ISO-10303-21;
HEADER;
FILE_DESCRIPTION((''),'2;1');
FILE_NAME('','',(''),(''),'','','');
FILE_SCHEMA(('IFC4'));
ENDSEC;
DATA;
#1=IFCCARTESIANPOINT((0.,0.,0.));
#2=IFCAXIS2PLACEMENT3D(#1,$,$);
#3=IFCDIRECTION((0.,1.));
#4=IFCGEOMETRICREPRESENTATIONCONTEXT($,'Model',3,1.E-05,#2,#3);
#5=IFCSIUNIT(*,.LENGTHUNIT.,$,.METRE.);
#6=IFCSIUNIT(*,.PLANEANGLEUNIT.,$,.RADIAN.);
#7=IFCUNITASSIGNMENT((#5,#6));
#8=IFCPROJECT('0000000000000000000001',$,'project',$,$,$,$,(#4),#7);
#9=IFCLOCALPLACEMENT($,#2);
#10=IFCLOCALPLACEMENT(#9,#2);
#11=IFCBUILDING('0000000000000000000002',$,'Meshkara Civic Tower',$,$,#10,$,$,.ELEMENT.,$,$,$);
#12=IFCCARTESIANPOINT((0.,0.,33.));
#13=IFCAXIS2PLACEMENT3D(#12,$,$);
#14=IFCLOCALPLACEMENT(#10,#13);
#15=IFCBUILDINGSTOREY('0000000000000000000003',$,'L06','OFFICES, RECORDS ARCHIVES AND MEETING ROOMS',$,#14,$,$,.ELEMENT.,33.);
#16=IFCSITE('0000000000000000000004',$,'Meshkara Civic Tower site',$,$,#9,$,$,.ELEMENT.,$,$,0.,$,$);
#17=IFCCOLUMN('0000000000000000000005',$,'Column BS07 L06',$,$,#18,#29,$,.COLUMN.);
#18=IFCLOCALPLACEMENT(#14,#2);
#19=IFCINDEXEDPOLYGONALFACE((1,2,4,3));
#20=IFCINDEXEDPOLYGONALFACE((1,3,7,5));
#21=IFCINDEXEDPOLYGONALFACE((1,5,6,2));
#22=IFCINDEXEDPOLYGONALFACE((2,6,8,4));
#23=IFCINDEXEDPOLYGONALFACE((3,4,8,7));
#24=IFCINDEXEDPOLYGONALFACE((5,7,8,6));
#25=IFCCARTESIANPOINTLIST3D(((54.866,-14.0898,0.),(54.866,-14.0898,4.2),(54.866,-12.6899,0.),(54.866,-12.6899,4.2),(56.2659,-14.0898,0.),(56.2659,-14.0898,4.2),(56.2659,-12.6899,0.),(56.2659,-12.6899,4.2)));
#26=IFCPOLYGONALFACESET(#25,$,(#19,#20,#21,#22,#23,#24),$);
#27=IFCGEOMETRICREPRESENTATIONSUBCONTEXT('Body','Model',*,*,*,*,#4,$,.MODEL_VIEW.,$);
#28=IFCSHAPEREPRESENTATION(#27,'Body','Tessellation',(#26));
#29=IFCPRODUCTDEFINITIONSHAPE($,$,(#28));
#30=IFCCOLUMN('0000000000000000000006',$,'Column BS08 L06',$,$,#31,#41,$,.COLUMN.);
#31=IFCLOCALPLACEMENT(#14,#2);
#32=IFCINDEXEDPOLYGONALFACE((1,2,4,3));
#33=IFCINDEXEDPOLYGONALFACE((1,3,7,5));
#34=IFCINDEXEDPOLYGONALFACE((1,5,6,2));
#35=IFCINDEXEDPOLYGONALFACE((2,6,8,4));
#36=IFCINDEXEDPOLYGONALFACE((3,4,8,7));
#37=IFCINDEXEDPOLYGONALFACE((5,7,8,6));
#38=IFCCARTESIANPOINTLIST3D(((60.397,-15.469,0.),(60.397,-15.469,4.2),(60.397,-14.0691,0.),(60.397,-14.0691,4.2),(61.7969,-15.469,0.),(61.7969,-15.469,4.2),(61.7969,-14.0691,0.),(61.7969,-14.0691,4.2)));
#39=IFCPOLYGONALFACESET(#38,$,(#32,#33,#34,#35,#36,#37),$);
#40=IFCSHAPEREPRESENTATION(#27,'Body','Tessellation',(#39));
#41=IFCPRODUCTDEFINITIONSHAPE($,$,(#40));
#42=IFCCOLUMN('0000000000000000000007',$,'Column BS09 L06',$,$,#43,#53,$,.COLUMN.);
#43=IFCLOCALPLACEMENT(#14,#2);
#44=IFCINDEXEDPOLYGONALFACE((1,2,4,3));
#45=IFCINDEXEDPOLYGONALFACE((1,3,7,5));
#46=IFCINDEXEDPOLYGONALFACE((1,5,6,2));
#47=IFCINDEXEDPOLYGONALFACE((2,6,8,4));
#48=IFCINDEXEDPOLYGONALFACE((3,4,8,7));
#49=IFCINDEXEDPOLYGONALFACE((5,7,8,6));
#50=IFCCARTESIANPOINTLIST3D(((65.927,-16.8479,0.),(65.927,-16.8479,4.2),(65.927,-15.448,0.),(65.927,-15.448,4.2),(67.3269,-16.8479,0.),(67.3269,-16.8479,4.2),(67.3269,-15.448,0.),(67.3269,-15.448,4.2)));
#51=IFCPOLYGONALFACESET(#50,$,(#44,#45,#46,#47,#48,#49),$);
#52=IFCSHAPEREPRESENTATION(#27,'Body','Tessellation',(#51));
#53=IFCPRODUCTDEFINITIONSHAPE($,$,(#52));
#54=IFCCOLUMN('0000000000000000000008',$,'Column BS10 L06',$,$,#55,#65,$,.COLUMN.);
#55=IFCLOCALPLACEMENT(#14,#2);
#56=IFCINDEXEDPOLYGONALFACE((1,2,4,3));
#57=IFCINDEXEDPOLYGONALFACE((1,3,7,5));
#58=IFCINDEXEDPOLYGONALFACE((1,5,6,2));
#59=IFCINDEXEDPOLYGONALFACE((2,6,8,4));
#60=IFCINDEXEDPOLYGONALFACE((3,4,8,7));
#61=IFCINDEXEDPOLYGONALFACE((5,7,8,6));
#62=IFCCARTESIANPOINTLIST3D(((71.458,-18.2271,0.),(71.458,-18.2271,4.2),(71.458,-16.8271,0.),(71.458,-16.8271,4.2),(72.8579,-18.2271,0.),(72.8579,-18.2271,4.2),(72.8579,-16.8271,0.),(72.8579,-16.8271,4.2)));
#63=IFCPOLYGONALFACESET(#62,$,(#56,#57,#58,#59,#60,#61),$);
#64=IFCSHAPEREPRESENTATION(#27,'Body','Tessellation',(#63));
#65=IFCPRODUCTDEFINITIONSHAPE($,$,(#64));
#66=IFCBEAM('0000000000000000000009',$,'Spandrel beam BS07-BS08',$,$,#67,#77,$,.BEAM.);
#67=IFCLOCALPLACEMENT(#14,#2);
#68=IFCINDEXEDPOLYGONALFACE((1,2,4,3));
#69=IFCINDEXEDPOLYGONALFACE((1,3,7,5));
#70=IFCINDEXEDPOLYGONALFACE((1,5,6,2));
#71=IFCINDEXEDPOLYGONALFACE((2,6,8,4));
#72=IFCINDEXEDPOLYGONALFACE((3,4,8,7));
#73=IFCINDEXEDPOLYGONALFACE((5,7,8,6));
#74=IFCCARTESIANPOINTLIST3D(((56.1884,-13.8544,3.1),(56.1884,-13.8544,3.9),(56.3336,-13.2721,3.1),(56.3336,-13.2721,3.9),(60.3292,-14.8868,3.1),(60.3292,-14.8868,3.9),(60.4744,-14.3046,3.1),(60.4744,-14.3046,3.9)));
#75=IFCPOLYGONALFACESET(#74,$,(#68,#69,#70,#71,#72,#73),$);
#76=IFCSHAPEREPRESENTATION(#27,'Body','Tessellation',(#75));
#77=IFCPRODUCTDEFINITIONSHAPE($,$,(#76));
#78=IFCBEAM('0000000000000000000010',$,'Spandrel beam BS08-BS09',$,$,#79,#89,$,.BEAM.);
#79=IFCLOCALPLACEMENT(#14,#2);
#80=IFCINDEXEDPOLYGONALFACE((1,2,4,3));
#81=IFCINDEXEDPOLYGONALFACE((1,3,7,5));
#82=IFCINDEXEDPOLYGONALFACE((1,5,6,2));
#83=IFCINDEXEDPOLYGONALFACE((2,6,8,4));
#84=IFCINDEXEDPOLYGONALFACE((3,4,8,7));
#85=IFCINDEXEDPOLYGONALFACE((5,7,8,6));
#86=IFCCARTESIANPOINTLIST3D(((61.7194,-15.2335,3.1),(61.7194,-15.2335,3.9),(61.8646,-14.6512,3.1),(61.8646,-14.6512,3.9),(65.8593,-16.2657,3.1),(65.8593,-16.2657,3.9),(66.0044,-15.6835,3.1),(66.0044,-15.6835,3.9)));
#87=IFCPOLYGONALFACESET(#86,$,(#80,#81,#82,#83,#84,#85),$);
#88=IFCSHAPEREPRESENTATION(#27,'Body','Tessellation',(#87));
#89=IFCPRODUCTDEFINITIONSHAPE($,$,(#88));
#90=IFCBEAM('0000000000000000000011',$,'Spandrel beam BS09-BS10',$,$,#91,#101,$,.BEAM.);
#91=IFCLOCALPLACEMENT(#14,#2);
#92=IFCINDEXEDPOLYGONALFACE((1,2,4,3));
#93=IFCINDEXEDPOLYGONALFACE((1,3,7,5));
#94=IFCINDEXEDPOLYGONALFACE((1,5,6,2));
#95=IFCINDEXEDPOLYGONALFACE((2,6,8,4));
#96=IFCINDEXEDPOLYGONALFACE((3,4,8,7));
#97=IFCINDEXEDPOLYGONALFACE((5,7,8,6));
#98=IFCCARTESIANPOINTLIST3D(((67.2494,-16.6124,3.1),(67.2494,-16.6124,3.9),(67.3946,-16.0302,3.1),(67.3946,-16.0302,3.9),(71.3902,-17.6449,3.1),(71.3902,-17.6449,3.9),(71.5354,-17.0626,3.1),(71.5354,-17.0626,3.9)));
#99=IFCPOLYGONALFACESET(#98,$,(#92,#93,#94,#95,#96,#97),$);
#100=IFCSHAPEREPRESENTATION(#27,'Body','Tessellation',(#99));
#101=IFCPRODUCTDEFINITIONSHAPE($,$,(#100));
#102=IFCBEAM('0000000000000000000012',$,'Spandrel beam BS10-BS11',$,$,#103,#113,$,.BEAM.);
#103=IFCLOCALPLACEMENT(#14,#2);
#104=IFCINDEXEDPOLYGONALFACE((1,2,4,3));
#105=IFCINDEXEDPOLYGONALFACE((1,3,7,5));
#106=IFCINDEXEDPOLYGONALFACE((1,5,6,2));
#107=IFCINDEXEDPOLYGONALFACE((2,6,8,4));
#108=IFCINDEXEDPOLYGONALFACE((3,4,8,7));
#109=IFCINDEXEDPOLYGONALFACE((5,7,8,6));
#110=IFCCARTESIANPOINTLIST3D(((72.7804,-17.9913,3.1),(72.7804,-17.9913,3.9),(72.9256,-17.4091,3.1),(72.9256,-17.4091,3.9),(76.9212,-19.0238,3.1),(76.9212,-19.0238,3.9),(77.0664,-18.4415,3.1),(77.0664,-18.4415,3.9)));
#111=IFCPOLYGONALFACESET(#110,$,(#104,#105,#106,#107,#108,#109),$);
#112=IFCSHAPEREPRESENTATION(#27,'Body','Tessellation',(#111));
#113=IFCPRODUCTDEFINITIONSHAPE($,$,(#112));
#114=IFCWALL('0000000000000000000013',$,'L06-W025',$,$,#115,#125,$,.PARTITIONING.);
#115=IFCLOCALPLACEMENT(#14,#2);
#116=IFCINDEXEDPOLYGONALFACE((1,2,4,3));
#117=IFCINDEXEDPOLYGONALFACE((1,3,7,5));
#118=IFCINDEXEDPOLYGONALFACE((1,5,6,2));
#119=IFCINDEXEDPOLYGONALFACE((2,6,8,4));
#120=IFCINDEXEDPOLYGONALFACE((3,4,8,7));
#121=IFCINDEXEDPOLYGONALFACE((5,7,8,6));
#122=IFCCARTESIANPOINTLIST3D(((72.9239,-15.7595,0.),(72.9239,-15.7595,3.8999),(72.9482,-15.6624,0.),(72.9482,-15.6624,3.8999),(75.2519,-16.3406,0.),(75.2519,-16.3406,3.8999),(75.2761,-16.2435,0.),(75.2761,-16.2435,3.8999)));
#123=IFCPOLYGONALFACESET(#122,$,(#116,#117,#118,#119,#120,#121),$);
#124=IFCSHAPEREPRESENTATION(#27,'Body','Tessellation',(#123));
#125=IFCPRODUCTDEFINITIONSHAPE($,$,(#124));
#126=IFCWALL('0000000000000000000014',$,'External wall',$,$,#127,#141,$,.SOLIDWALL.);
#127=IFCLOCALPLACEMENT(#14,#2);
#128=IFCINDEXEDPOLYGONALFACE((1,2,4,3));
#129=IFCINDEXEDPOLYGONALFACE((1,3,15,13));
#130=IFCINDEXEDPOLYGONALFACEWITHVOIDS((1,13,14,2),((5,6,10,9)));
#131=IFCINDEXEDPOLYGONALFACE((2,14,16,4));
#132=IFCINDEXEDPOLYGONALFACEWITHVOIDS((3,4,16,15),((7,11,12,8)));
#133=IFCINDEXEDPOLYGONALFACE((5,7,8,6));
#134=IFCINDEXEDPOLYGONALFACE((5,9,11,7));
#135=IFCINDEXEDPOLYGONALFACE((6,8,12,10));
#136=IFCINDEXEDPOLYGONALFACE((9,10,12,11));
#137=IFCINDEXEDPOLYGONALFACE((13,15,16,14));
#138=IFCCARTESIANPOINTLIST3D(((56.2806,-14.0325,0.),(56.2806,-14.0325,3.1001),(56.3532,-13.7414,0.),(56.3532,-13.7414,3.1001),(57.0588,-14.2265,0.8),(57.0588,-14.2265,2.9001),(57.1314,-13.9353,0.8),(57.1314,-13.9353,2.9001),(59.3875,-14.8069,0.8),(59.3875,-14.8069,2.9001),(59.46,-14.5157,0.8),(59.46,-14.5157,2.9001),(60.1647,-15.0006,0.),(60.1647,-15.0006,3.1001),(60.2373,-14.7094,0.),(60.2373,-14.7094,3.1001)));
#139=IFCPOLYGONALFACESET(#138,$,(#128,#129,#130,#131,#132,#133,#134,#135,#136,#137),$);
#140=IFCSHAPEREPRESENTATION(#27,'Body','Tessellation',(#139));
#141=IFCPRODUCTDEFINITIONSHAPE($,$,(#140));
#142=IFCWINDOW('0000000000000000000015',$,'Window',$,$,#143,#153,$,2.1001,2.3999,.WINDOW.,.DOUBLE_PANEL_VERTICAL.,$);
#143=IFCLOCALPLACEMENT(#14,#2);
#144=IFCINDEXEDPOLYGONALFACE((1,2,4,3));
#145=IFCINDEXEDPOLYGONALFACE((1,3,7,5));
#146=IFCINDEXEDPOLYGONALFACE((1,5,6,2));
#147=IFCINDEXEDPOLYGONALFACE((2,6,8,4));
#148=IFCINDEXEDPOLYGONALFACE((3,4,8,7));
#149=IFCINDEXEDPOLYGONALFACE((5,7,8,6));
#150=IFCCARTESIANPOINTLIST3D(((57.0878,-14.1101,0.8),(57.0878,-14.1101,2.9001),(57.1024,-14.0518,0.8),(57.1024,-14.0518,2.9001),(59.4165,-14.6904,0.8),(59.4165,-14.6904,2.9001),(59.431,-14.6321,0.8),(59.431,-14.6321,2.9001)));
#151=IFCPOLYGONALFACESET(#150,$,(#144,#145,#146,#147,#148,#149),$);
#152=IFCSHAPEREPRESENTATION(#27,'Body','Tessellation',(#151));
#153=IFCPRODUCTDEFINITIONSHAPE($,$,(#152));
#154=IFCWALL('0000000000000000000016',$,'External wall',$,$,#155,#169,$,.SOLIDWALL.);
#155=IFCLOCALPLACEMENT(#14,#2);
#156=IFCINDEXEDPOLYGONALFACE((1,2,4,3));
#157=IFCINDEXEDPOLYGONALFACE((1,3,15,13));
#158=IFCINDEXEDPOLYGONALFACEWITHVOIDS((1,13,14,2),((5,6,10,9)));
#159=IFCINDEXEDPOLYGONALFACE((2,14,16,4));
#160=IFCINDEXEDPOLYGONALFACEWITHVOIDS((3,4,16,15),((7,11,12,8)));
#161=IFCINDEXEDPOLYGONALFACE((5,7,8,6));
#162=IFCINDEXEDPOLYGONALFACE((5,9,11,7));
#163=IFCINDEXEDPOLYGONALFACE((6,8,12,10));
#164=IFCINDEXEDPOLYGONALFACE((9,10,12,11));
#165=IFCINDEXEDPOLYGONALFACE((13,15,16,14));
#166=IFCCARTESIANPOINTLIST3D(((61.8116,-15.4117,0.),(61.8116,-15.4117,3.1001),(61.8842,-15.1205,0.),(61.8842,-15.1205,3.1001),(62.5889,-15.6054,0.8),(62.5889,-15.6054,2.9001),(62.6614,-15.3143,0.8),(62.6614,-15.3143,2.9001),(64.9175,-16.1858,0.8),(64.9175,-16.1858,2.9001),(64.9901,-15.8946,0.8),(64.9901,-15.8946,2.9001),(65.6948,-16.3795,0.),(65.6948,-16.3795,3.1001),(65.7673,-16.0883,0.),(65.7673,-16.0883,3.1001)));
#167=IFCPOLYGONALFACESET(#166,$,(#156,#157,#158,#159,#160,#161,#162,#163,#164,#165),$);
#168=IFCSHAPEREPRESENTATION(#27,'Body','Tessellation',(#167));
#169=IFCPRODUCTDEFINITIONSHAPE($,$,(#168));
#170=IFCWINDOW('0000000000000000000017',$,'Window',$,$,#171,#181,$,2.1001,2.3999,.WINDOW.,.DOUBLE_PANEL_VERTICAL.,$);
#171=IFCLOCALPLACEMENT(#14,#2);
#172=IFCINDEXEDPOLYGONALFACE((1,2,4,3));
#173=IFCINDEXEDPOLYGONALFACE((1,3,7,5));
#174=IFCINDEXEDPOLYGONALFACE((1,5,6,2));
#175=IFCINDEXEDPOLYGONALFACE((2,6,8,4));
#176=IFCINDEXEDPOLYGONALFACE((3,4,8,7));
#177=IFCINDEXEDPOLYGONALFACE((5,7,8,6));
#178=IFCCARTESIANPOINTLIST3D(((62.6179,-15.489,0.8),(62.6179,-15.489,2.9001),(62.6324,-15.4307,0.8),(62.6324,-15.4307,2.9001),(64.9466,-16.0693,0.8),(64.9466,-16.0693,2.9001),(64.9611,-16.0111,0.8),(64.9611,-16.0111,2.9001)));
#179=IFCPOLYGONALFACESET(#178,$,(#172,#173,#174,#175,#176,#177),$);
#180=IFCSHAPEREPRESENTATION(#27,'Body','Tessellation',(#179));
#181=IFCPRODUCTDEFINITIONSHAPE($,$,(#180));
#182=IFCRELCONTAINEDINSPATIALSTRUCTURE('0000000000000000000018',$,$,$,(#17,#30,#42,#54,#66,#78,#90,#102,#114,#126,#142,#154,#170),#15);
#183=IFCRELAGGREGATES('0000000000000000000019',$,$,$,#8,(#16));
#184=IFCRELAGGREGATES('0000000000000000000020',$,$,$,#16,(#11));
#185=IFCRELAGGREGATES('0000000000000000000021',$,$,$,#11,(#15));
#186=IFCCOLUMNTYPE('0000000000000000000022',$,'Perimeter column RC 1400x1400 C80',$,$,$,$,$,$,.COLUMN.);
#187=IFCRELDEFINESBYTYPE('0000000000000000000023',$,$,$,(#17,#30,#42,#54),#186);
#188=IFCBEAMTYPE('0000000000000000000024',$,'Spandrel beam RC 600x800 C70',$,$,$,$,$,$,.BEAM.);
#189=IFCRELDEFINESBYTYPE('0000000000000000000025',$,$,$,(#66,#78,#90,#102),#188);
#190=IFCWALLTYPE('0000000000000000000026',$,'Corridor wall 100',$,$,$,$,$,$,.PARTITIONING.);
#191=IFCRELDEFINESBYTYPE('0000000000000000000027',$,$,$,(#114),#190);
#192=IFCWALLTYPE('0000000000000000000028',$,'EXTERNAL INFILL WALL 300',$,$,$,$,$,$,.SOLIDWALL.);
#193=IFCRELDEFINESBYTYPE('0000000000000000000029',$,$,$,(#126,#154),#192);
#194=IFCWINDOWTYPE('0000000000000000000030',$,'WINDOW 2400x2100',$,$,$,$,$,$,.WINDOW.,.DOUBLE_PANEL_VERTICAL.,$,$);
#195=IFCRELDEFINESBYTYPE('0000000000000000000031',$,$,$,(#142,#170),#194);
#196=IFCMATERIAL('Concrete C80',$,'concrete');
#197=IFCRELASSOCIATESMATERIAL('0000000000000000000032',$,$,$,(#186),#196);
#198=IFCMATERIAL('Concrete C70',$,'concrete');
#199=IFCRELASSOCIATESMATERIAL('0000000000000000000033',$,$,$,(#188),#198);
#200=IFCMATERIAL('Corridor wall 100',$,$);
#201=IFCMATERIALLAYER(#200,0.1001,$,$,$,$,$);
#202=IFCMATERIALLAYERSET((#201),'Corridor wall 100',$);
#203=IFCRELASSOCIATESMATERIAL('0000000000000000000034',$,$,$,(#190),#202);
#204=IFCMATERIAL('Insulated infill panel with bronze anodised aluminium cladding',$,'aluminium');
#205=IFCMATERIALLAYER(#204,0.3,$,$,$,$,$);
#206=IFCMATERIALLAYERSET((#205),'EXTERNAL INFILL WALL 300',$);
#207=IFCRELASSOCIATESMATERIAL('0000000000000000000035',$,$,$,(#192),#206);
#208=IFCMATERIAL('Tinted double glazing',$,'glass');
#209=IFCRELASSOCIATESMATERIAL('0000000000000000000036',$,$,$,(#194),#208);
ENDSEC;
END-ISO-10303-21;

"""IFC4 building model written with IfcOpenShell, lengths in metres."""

from ifc_helpers import new_model, si_unit, direction, frame, frame_2d, origin, origin_2d, place, context, subcontext, project, spatial, rectangle, extrude, material, layer, layer_set, material_profile, profile_set, type_object, element, fill, save


model = new_model("IFC4")

# Units and contexts
model_context = context("Model", 3, precision=1e-05, world=origin(), true_north=direction((0.0, 1.0)))
body_context = subcontext(model_context, "Body", "Model", "MODEL_VIEW")
ifc_project = project(units=[si_unit("LENGTHUNIT", "METRE"), si_unit("PLANEANGLEUNIT", "RADIAN")], contexts=[model_context])

# Site, building, storey
site_placement = place(None, origin())
site = spatial("IfcSite", under=ifc_project, at=site_placement, Name="Meshkara Civic Tower site", CompositionType="ELEMENT", RefElevation=0.0)
building_placement = place(site_placement, origin())
building = spatial("IfcBuilding", under=site, at=building_placement, Name="Meshkara Civic Tower", CompositionType="ELEMENT")
storey_placement = place(building_placement, frame((0.0, 0.0, 33.0)))
storey = spatial("IfcBuildingStorey", under=building, at=storey_placement, Name="L06", Description="OFFICES, RECORDS ARCHIVES AND MEETING ROOMS", CompositionType="ELEMENT", Elevation=33.0)

# Columns
ifc_material_1 = material(Name="Concrete C80", Category="concrete")
ifc_material_profile_1 = material_profile(ifc_material_1, rectangle(XDim=1.3999, YDim=1.3999, at=origin_2d()))
ifc_profile_set_1 = profile_set([ifc_material_profile_1], Name="Concrete C80")
column_type = type_object("IfcColumnType", Name="Perimeter column RC 1400x1400 C80", PredefinedType="COLUMN", material=ifc_profile_set_1)
for number, where, z_axis, x_axis, name in (
    (1, (55.5659, -13.3899, 0.0), (0.0, 0.0, 1.0), (1.0, 0.0, 0.0), "Column BS07 L06"),
    (2, (61.0969, -14.769, 0.0), (0.0, 0.0, 1.0), (1.0, 0.0, 0.0), "Column BS08 L06"),
    (3, (66.627, -16.1479, 0.0), (0.0, 0.0, 1.0), (1.0, 0.0, 0.0), "Column BS09 L06"),
    (4, (72.158, -17.5271, 0.0), (0.0, 0.0, 1.0), (1.0, 0.0, 0.0), "Column BS10 L06"),
):
    element("IfcColumn", number, at=place(storey_placement, frame(where, z_axis=z_axis, x_axis=x_axis)), inside=storey, type_object=column_type, Name=name, PredefinedType="COLUMN", context=body_context, shape_type="SweptSolid", body=[
        extrude(rectangle(XDim=1.3999, YDim=1.3999, at=origin_2d()), origin(), (0.0, 0.0, 1.0), 4.2),
    ])

# Beams
ifc_material_2 = material(Name="Concrete C70", Category="concrete")
ifc_material_profile_2 = material_profile(ifc_material_2, rectangle(XDim=0.6001, YDim=0.8, at=origin_2d()))
ifc_profile_set_2 = profile_set([ifc_material_profile_2], Name="Concrete C70")
beam_type = type_object("IfcBeamType", Name="Spandrel beam RC 600x800 C70", PredefinedType="BEAM", material=ifc_profile_set_2)
beam_1_placement = place(storey_placement, frame((56.261, -13.5632, 3.5), z_axis=(0.970294, -0.24193, 0.0), x_axis=(0.24193, 0.970294, 0.0)))
element("IfcBeam", 5, at=beam_1_placement, inside=storey, type_object=beam_type, Name="Spandrel beam BS07-BS08", PredefinedType="BEAM", context=body_context, shape_type="SweptSolid", body=[
    extrude(rectangle(XDim=0.6001, YDim=0.8, at=origin_2d()), origin(), (0.0, 0.0, 1.0), 4.2676),
])
beam_2_placement = place(storey_placement, frame((61.792, -14.9424, 3.5), z_axis=(0.970294, -0.24193, 0.0), x_axis=(0.24193, 0.970294, 0.0)))
element("IfcBeam", 6, at=beam_2_placement, inside=storey, type_object=beam_type, Name="Spandrel beam BS08-BS09", PredefinedType="BEAM", context=body_context, shape_type="SweptSolid", body=[
    extrude(rectangle(XDim=0.6001, YDim=0.8, at=origin_2d()), origin(), (0.0, 0.0, 1.0), 4.2666),
])
for number, where, z_axis, x_axis, name in (
    (7, (67.322, -16.3213, 3.5), (0.970294, -0.24193, 0.0), (0.24193, 0.970294, 0.0), "Spandrel beam BS09-BS10"),
    (8, (72.853, -17.7002, 3.5), (0.970294, -0.24193, 0.0), (0.24193, 0.970294, 0.0), "Spandrel beam BS10-BS11"),
):
    element("IfcBeam", number, at=place(storey_placement, frame(where, z_axis=z_axis, x_axis=x_axis)), inside=storey, type_object=beam_type, Name=name, PredefinedType="BEAM", context=body_context, shape_type="SweptSolid", body=[
        extrude(rectangle(XDim=0.6001, YDim=0.8, at=origin_2d()), origin(), (0.0, 0.0, 1.0), 4.2676),
    ])

# Wall
ifc_material_3 = material(Name="Corridor wall 100")
ifc_layer_1 = layer(ifc_material_3, 0.1001)
ifc_layer_set_1 = layer_set([ifc_layer_1], Name="Corridor wall 100")
wall_type_1 = type_object("IfcWallType", Name="Corridor wall 100", PredefinedType="PARTITIONING", material=ifc_layer_set_1)
wall_1_placement = place(storey_placement, frame((72.936, -15.7109, 0.0), z_axis=(0.0, 0.0, 1.0), x_axis=(0.970232, -0.242176, 0.0)))
element("IfcWall", 9, at=wall_1_placement, inside=storey, type_object=wall_type_1, Name="L06-W025", PredefinedType="PARTITIONING", context=body_context, shape_type="SweptSolid", body=[
    extrude(rectangle(XDim=2.3994, YDim=0.1001, at=frame_2d((1.1997, 0.0))), origin(), (0.0, 0.0, 1.0), 3.8999),
])

# Walls, openings, windows
ifc_material_4 = material(Name="Insulated infill panel with bronze anodised aluminium cladding", Category="aluminium")
ifc_layer_2 = layer(ifc_material_4, 0.3)
ifc_layer_set_2 = layer_set([ifc_layer_2], Name="EXTERNAL INFILL WALL 300")
wall_type_2 = type_object("IfcWallType", Name="EXTERNAL INFILL WALL 300", PredefinedType="SOLIDWALL", material=ifc_layer_set_2)
wall_2_placement = place(storey_placement, frame((56.3169, -13.887, 0.0), z_axis=(0.0, 0.0, 1.0), x_axis=(0.970318, -0.241832, 0.0)))
wall_2 = element("IfcWall", 10, at=wall_2_placement, inside=storey, type_object=wall_type_2, Name="External wall", PredefinedType="SOLIDWALL", context=body_context, shape_type="SweptSolid", body=[
    extrude(rectangle(XDim=4.0029, YDim=0.3, at=frame_2d((2.0015, 0.0))), origin(), (0.0, 0.0, 1.0), 3.1001),
])
opening_1_placement = place(wall_2_placement, frame((0.802, 0.0, 0.8)))
opening_1 = element("IfcOpeningElement", 11, at=opening_1_placement, cuts=wall_2, PredefinedType="OPENING", context=body_context, shape_type="SweptSolid", body=[
    extrude(rectangle(XDim=2.3999, YDim=2.1001, at=frame_2d((1.2, 1.05))), frame((0.0, 0.1599, 0.0), z_axis=(0.0, -1.0, 0.0), x_axis=(1.0, 0.0, 0.0)), (0.0, 0.0, 1.0), 0.3201),
])
ifc_material_5 = material(Name="Tinted double glazing", Category="glass")
window_type = type_object("IfcWindowType", Name="WINDOW 2400x2100", PartitioningType="DOUBLE_PANEL_VERTICAL", PredefinedType="WINDOW", material=ifc_material_5)
window_1_placement = place(opening_1_placement, origin())
window_1 = element("IfcWindow", 12, at=window_1_placement, inside=storey, type_object=window_type, Name="Window", OverallHeight=2.1001, OverallWidth=2.3999, PartitioningType="DOUBLE_PANEL_VERTICAL", PredefinedType="WINDOW", context=body_context, shape_type="SweptSolid", body=[
    extrude(rectangle(XDim=2.3999, YDim=2.1001, at=frame_2d((1.2, 1.05))), frame((0.0, 0.03, 0.0), z_axis=(0.0, -1.0, 0.0), x_axis=(1.0, 0.0, 0.0)), (0.0, 0.0, 1.0), 0.0601),
])
fill(opening_1, window_1)
wall_3_placement = place(storey_placement, frame((61.8479, -15.2661, 0.0), z_axis=(0.0, 0.0, 1.0), x_axis=(0.970318, -0.241832, 0.0)))
wall_3 = element("IfcWall", 13, at=wall_3_placement, inside=storey, type_object=wall_type_2, Name="External wall", PredefinedType="SOLIDWALL", context=body_context, shape_type="SweptSolid", body=[
    extrude(rectangle(XDim=4.002, YDim=0.3, at=frame_2d((2.001, 0.0))), origin(), (0.0, 0.0, 1.0), 3.1001),
])
opening_2_placement = place(wall_3_placement, frame((0.801, 0.0, 0.8)))
opening_2 = element("IfcOpeningElement", 14, at=opening_2_placement, cuts=wall_3, PredefinedType="OPENING", context=body_context, shape_type="SweptSolid", body=[
    extrude(rectangle(XDim=2.3999, YDim=2.1001, at=frame_2d((1.2, 1.05))), frame((0.0, 0.1599, 0.0), z_axis=(0.0, -1.0, 0.0), x_axis=(1.0, 0.0, 0.0)), (0.0, 0.0, 1.0), 0.3201),
])
window_2_placement = place(opening_2_placement, origin())
window_2 = element("IfcWindow", 15, at=window_2_placement, inside=storey, type_object=window_type, Name="Window", OverallHeight=2.1001, OverallWidth=2.3999, PartitioningType="DOUBLE_PANEL_VERTICAL", PredefinedType="WINDOW", context=body_context, shape_type="SweptSolid", body=[
    extrude(rectangle(XDim=2.3999, YDim=2.1001, at=frame_2d((1.2, 1.05))), frame((0.0, 0.03, 0.0), z_axis=(0.0, -1.0, 0.0), x_axis=(1.0, 0.0, 0.0)), (0.0, 0.0, 1.0), 0.0601),
])
fill(opening_2, window_2)

save(model, "model.ifc")
